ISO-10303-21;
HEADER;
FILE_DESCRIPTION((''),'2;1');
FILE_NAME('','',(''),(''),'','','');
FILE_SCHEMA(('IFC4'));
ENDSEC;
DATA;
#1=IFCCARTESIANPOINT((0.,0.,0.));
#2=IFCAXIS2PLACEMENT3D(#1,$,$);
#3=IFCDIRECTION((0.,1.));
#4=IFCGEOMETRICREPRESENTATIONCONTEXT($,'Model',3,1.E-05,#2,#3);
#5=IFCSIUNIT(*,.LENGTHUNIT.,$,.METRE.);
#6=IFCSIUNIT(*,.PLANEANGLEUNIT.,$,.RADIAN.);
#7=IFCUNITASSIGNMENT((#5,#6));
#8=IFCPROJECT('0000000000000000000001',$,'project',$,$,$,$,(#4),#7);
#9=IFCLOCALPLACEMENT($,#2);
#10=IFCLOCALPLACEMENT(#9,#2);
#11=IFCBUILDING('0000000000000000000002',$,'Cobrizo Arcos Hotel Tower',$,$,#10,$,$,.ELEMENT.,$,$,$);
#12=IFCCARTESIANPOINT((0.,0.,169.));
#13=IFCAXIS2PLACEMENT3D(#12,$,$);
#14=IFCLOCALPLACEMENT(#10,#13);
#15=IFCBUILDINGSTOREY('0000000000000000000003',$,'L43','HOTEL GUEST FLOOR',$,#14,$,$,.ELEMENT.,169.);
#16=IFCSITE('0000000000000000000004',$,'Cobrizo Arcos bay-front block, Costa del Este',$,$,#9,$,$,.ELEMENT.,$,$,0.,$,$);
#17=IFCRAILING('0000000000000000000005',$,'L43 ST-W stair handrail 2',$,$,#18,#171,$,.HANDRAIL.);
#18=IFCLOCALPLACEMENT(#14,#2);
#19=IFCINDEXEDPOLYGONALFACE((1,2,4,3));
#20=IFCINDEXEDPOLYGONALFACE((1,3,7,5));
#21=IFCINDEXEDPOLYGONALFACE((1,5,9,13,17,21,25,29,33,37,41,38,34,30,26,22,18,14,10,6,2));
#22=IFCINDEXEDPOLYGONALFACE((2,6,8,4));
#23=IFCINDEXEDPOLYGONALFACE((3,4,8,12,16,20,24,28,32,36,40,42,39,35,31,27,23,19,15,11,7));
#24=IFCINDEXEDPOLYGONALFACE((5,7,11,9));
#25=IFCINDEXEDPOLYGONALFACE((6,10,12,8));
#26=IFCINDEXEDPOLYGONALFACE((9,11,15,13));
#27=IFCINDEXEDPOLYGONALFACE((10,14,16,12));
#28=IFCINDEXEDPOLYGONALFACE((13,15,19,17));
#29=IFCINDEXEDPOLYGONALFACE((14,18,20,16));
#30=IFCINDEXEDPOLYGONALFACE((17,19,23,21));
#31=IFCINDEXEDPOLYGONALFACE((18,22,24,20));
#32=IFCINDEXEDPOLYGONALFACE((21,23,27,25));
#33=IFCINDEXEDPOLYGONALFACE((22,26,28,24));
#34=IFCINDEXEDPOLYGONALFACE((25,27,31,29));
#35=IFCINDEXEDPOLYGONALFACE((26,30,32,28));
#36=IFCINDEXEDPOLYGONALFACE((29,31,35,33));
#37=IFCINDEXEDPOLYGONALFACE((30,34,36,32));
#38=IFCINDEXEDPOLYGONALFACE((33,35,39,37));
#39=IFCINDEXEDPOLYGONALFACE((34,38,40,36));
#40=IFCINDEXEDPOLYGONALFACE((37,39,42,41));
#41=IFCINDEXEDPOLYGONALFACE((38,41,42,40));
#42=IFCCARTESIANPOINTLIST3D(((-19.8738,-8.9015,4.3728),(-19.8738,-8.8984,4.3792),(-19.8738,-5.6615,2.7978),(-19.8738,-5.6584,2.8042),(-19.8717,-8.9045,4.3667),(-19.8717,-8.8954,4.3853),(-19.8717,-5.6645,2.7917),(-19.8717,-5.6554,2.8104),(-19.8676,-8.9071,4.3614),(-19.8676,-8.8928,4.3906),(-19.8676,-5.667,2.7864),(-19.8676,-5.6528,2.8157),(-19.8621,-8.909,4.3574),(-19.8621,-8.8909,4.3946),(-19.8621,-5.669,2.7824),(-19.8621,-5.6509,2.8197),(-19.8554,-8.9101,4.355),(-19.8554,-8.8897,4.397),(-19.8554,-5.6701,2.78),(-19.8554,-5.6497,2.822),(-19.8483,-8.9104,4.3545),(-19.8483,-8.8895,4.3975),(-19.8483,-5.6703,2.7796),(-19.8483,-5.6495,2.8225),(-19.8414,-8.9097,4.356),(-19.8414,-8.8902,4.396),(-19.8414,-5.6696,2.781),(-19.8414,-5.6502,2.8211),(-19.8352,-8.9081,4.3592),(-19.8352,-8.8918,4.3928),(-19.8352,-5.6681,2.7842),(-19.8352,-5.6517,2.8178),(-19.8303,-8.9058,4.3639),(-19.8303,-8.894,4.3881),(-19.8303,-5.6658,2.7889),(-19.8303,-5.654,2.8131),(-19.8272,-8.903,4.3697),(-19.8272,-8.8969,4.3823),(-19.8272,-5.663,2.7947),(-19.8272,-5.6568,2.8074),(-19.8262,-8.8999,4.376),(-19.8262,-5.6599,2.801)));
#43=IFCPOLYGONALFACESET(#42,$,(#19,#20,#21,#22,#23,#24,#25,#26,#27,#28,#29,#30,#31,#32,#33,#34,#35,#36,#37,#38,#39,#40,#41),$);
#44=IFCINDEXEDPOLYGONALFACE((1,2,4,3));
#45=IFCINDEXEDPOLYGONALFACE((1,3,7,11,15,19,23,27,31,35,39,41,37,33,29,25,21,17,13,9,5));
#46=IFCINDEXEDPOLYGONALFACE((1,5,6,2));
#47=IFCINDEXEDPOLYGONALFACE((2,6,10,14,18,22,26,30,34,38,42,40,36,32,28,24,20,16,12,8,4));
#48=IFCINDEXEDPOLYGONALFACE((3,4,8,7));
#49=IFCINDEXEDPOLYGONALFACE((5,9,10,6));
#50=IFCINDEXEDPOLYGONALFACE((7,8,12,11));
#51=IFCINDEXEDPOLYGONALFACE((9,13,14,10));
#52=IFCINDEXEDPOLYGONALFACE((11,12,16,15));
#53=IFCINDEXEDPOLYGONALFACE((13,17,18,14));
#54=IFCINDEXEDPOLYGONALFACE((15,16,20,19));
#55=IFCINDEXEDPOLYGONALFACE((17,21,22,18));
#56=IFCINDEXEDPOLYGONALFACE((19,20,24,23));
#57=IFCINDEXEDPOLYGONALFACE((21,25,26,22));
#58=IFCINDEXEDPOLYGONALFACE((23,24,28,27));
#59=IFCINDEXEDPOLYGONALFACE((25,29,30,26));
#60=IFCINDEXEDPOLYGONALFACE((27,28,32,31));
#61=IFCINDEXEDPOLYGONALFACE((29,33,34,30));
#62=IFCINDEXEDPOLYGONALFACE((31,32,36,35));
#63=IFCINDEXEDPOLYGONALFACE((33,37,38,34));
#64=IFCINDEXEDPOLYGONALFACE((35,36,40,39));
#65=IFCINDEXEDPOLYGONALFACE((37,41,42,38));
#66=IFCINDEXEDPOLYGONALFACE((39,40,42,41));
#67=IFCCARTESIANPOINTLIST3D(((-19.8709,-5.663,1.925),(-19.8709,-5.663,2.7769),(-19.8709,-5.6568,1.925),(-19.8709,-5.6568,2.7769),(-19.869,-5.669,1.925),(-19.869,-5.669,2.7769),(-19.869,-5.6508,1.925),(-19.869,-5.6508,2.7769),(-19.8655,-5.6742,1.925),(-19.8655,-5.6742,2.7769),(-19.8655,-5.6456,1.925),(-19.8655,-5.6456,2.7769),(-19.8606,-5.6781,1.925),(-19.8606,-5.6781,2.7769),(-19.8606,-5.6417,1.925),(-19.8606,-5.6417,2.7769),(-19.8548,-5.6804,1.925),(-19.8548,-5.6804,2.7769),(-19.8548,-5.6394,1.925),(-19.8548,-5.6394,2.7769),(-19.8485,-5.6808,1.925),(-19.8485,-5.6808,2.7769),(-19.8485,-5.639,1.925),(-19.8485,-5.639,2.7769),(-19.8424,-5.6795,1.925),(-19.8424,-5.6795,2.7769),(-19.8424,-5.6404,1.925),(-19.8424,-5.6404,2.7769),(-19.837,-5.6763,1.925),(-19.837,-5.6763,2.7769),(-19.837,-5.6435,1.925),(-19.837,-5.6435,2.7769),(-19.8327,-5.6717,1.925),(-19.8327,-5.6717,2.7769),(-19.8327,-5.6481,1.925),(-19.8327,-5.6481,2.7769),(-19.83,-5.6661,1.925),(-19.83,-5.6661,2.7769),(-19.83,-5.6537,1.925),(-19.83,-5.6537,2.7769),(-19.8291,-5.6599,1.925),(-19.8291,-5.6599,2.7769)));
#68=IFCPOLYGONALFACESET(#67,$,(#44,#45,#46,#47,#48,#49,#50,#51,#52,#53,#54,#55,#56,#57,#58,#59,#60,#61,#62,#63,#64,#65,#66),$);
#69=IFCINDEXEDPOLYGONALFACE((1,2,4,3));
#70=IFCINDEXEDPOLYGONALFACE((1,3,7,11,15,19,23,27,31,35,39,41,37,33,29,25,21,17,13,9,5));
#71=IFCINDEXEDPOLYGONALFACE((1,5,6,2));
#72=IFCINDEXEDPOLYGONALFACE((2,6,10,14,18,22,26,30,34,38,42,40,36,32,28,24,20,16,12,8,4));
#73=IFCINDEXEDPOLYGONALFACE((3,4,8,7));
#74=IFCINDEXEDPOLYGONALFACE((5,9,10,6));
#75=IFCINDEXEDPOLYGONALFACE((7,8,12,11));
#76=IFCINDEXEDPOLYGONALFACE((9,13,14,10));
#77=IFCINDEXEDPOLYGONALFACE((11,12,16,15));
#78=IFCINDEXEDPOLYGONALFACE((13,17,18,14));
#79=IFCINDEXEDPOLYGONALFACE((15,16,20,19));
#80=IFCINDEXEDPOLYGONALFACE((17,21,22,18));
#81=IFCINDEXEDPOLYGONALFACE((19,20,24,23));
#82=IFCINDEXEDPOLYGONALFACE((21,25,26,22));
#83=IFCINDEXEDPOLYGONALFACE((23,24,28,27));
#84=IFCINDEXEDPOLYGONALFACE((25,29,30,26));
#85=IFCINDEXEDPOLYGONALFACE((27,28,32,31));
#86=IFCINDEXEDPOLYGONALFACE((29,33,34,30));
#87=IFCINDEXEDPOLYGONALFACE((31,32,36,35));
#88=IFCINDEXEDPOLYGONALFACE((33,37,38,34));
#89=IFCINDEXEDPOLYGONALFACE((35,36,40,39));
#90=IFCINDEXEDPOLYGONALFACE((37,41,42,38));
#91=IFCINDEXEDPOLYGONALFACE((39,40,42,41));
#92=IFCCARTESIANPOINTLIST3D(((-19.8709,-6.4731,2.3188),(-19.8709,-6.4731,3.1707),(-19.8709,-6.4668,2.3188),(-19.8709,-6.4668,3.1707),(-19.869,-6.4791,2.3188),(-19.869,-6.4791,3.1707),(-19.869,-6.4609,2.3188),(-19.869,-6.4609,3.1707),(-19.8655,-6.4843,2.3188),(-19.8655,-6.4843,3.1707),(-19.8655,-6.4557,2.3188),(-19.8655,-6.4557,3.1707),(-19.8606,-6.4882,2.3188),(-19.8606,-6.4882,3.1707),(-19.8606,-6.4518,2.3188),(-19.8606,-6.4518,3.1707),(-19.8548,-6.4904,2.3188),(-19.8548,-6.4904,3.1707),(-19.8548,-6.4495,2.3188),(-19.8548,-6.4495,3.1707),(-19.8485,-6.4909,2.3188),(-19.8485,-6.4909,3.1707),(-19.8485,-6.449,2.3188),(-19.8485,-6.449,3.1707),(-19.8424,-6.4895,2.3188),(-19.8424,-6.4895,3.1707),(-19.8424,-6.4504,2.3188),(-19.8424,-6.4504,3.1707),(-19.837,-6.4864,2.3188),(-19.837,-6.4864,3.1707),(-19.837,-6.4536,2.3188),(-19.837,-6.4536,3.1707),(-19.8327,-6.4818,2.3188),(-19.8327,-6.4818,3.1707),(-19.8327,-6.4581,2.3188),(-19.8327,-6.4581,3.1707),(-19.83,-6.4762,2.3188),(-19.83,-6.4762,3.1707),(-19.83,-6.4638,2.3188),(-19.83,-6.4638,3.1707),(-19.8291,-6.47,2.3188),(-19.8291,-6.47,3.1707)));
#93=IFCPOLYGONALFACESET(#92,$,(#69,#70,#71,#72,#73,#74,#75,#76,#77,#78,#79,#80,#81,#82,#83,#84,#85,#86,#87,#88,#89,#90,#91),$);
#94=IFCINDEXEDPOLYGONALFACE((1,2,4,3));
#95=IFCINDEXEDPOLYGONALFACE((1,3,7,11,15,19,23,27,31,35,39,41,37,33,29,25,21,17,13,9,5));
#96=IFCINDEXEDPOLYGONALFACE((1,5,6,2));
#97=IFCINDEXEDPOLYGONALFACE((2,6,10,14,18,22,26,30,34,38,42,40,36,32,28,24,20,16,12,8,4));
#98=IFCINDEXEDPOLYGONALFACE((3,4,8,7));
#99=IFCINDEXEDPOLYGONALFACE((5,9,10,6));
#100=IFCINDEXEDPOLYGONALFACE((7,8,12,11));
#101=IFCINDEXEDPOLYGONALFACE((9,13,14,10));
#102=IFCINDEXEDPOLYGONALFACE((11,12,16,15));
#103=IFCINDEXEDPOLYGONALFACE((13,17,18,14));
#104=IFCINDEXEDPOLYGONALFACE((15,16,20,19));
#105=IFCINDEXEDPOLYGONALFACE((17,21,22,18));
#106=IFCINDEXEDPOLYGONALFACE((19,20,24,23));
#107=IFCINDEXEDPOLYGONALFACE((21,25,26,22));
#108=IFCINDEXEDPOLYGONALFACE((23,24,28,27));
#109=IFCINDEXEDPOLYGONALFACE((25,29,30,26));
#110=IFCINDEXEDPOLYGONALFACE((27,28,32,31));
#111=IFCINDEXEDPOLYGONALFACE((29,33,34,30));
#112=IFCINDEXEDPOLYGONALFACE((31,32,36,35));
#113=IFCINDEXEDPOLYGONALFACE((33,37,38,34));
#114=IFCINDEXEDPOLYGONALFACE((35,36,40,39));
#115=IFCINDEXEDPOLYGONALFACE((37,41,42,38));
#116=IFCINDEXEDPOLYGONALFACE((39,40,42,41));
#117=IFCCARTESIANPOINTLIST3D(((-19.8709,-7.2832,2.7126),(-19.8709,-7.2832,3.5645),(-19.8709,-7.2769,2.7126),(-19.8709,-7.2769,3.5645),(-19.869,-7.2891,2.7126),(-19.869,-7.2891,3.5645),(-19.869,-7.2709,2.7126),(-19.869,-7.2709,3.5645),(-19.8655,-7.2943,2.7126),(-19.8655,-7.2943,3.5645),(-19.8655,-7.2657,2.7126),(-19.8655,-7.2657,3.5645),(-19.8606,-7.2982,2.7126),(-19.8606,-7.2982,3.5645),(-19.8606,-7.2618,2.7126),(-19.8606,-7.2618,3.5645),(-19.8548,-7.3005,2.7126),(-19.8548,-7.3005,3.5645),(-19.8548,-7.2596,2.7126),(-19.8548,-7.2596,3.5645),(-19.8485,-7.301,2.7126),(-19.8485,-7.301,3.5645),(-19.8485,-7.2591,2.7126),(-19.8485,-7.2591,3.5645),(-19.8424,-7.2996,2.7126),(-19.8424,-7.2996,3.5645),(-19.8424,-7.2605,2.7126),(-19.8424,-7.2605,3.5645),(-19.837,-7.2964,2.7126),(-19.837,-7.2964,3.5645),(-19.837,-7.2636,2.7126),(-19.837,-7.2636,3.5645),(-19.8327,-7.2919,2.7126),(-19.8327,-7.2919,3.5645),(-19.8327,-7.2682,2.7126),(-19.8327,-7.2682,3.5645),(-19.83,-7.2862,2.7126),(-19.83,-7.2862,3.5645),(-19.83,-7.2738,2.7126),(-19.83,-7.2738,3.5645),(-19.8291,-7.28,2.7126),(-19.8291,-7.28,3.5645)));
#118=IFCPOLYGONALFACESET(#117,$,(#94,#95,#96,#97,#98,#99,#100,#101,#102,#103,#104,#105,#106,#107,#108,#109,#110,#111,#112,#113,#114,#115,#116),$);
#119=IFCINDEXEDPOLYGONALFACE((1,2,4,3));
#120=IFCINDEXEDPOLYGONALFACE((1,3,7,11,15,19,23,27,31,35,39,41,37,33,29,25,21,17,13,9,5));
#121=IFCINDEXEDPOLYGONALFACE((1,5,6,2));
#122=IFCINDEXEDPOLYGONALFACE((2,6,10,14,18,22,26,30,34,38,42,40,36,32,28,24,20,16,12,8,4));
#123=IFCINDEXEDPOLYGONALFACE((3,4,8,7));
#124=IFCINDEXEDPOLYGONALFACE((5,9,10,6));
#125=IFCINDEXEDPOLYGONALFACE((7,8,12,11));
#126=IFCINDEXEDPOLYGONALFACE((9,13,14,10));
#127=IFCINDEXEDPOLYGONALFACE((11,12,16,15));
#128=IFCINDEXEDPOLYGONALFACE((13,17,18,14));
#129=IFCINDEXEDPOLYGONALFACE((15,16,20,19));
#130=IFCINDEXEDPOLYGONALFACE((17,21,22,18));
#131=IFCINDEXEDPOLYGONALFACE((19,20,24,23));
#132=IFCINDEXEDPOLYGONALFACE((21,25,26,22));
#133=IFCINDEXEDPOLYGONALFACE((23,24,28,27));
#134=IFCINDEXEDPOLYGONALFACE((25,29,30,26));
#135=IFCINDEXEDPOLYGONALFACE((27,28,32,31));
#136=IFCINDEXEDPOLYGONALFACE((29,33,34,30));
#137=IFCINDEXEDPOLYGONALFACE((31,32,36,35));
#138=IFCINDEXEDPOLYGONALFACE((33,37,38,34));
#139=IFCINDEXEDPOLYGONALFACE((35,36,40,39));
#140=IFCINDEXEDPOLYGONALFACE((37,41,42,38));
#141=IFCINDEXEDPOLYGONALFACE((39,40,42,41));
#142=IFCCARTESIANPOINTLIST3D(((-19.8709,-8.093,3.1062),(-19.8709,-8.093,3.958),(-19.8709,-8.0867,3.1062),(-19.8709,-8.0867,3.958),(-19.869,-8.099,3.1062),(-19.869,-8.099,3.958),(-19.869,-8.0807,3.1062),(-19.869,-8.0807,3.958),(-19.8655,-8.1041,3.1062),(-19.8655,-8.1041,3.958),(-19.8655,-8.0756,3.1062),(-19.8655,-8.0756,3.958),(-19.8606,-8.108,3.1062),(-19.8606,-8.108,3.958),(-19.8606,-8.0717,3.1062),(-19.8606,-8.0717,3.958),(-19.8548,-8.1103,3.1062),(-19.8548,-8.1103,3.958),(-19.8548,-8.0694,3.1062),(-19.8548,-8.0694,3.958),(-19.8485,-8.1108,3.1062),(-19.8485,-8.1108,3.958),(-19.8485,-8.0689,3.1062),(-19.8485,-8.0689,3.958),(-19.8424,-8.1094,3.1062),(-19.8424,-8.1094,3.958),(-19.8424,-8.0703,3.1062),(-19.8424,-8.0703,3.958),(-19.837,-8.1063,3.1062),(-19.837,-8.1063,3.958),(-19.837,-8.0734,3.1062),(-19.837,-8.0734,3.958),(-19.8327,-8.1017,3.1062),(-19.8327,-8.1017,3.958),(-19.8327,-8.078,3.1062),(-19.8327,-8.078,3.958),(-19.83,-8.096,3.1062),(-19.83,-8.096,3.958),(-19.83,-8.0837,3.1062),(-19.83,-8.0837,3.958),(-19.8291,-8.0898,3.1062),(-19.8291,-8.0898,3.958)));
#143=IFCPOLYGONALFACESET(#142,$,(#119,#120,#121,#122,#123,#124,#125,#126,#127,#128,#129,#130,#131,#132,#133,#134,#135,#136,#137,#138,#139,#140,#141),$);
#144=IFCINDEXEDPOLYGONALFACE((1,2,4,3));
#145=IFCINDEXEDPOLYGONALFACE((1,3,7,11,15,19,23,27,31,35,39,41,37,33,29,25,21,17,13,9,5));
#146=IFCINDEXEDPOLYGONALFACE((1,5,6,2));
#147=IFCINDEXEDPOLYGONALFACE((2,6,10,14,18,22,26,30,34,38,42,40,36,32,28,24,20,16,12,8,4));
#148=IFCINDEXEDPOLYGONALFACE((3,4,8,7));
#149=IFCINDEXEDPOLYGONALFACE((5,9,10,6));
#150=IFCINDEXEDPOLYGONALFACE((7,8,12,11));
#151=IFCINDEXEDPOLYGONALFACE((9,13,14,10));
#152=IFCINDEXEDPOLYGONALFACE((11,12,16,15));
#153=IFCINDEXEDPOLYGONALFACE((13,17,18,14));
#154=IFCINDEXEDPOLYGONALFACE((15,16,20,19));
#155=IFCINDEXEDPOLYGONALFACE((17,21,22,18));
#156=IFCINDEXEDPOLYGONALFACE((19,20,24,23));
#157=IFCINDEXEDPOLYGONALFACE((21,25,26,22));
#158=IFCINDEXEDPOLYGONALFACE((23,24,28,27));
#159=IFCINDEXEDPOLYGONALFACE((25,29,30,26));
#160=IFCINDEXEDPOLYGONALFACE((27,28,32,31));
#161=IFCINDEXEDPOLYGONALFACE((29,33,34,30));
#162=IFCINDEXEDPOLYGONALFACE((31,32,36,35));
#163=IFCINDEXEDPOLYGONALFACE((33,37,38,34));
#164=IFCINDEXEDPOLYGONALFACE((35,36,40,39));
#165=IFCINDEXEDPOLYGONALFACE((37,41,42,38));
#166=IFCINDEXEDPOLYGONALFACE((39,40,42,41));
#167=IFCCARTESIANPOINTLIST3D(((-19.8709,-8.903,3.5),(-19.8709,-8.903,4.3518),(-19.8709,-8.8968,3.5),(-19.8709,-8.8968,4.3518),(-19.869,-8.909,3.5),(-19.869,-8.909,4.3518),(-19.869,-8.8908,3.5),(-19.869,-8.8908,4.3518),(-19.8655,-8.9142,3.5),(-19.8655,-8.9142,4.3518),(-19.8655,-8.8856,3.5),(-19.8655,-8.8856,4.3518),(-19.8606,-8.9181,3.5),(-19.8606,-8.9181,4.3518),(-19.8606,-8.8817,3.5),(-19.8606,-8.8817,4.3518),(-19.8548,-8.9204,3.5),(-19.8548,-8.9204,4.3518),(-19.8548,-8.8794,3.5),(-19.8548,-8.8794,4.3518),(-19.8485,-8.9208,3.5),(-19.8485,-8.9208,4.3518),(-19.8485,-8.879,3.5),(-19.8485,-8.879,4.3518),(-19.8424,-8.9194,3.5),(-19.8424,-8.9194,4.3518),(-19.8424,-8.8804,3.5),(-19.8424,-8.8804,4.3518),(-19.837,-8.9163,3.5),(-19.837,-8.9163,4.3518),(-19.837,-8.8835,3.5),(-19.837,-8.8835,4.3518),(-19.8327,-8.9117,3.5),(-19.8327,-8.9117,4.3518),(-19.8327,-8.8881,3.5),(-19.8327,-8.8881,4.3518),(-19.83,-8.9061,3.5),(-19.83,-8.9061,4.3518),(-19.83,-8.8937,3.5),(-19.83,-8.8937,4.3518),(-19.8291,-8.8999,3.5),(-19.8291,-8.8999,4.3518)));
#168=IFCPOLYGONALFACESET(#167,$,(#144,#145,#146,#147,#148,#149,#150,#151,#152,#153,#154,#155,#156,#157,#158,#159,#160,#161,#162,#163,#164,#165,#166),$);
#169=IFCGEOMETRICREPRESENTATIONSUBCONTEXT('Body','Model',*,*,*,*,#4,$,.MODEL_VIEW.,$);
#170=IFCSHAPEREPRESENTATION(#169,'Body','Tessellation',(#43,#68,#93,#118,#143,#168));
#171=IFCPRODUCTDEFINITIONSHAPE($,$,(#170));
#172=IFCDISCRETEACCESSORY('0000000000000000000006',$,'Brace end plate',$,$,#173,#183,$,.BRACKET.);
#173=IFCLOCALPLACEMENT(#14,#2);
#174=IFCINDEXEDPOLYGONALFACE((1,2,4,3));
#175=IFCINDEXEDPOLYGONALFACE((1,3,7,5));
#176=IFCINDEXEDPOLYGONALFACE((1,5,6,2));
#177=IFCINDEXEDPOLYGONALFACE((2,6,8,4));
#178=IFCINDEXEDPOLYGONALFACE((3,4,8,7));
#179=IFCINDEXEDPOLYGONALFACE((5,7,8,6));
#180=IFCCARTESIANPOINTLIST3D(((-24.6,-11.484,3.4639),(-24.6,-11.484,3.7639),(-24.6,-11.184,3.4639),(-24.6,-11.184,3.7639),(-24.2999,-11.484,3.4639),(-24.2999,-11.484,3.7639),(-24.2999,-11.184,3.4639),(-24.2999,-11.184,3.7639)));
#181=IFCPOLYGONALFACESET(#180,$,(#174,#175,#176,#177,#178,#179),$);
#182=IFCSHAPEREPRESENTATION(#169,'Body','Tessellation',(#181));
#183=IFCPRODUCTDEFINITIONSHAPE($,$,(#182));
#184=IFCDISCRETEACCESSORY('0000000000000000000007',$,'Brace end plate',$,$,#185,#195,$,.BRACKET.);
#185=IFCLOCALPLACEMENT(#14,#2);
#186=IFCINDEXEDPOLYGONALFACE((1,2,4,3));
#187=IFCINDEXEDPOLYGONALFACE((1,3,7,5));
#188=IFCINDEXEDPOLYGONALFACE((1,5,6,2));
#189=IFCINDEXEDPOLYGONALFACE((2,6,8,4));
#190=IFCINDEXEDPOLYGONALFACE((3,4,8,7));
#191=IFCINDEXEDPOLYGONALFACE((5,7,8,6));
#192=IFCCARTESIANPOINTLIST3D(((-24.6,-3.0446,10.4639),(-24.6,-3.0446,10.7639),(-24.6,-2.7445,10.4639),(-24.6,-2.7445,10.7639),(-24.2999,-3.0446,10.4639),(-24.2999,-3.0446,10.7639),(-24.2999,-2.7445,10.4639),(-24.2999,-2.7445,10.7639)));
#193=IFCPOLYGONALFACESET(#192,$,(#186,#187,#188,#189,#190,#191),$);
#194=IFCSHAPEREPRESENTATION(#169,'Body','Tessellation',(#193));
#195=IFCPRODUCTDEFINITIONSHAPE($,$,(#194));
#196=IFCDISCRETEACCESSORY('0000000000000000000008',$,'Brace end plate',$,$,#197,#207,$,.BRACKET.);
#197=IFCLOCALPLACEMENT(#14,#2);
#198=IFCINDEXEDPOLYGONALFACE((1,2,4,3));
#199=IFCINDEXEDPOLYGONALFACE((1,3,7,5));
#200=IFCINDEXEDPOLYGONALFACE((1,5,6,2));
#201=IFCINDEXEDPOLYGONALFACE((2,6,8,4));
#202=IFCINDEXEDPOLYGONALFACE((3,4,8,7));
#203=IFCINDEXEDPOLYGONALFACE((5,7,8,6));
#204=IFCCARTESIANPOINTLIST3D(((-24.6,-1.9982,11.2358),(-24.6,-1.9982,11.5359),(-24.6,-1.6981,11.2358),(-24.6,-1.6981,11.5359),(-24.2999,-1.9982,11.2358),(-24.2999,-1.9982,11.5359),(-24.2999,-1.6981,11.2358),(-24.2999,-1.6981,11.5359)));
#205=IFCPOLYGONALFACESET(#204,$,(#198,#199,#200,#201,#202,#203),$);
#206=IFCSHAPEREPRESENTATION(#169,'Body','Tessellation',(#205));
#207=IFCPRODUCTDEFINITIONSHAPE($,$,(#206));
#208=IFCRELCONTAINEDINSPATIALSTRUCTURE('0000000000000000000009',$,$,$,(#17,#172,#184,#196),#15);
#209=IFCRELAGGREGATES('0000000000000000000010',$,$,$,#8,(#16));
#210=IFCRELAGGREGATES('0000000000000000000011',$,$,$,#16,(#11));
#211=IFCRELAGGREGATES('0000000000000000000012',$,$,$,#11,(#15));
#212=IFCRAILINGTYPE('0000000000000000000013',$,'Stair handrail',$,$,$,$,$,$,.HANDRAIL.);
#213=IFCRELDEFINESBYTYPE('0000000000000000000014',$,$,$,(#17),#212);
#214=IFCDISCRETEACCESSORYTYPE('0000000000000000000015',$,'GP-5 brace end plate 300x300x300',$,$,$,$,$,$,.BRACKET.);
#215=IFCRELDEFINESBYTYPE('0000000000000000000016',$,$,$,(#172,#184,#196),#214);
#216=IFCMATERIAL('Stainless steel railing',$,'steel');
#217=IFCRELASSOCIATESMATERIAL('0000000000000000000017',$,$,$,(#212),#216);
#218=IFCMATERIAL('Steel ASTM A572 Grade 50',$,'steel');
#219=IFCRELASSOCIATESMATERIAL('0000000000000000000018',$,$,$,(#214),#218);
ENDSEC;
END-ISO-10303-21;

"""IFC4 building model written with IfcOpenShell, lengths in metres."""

from ifc_helpers import new_model, si_unit, direction, frame, origin, origin_2d, place, context, subcontext, project, spatial, rectangle, circle, extrude, material, type_object, element, save


model = new_model("IFC4")

# Units and contexts
model_context = context("Model", 3, precision=1e-05, world=origin(), true_north=direction((0.0, 1.0)))
body_context = subcontext(model_context, "Body", "Model", "MODEL_VIEW")
ifc_project = project(units=[si_unit("LENGTHUNIT", "METRE"), si_unit("PLANEANGLEUNIT", "RADIAN")], contexts=[model_context])

# Site, building, storey
site_placement = place(None, origin())
site = spatial("IfcSite", under=ifc_project, at=site_placement, Name="Cobrizo Arcos bay-front block, Costa del Este", CompositionType="ELEMENT", RefElevation=0.0)
building_placement = place(site_placement, origin())
building = spatial("IfcBuilding", under=site, at=building_placement, Name="Cobrizo Arcos Hotel Tower", CompositionType="ELEMENT")
storey_placement = place(building_placement, frame((0.0, 0.0, 169.0)))
storey = spatial("IfcBuildingStorey", under=building, at=storey_placement, Name="L43", Description="HOTEL GUEST FLOOR", CompositionType="ELEMENT", Elevation=169.0)

# Shared definitions
ifc_material_1 = material(Name="Steel ASTM A572 Grade 50", Category="steel")

# Railing
ifc_material_2 = material(Name="Stainless steel railing", Category="steel")
railing_type_1 = type_object("IfcRailingType", Name="Stair handrail", PredefinedType="HANDRAIL", material=ifc_material_2)
railing_1_placement = place(storey_placement, frame((-19.8501, -5.6599, 1.925)))
element("IfcRailing", 1, at=railing_1_placement, inside=storey, type_object=railing_type_1, Name="L43 ST-W stair handrail 2", PredefinedType="HANDRAIL", context=body_context, shape_type="SweptSolid", body=[
    extrude(circle(Radius=0.0239, at=origin_2d()), frame((0.0, 0.0, 0.876), z_axis=(0.0, -0.899373, 0.437183), x_axis=(1.0, 0.0, 0.0)), (0.0, 0.0, 1.0), 3.6025),
    extrude(circle(Radius=0.021, at=origin_2d()), origin(), (0.0, 0.0, 1.0), 0.8518),
    extrude(circle(Radius=0.021, at=origin_2d()), frame((0.0, -0.8101, 0.3938)), (0.0, 0.0, 1.0), 0.8518),
    extrude(circle(Radius=0.021, at=origin_2d()), frame((0.0, -1.6201, 0.7876)), (0.0, 0.0, 1.0), 0.8518),
    extrude(circle(Radius=0.021, at=origin_2d()), frame((0.0, -2.4299, 1.1812)), (0.0, 0.0, 1.0), 0.8518),
    extrude(circle(Radius=0.021, at=origin_2d()), frame((0.0, -3.24, 1.575)), (0.0, 0.0, 1.0), 0.8518),
])

# Discrete accessories
discrete_accessory_type = type_object("IfcDiscreteAccessoryType", Name="GP-5 brace end plate 300x300x300", PredefinedType="BRACKET", material=ifc_material_1)
for number, where, z_axis, x_axis, name in (
    (2, (-24.45, -11.334, 3.4639), (0.0, 0.0, 1.0), (1.0, 0.0, 0.0), "Brace end plate"),
    (3, (-24.45, -2.8945, 10.4639), (0.0, 0.0, 1.0), (1.0, 0.0, 0.0), "Brace end plate"),
    (4, (-24.45, -1.8481, 11.2358), (0.0, 0.0, 1.0), (1.0, 0.0, 0.0), "Brace end plate"),
):
    element("IfcDiscreteAccessory", number, at=place(storey_placement, frame(where, z_axis=z_axis, x_axis=x_axis)), inside=storey, type_object=discrete_accessory_type, Name=name, PredefinedType="BRACKET", context=body_context, shape_type="SweptSolid", body=[
        extrude(rectangle(XDim=0.3, YDim=0.3, at=origin_2d()), origin(), (0.0, 0.0, 1.0), 0.3),
    ])

save(model, "model.ifc")
